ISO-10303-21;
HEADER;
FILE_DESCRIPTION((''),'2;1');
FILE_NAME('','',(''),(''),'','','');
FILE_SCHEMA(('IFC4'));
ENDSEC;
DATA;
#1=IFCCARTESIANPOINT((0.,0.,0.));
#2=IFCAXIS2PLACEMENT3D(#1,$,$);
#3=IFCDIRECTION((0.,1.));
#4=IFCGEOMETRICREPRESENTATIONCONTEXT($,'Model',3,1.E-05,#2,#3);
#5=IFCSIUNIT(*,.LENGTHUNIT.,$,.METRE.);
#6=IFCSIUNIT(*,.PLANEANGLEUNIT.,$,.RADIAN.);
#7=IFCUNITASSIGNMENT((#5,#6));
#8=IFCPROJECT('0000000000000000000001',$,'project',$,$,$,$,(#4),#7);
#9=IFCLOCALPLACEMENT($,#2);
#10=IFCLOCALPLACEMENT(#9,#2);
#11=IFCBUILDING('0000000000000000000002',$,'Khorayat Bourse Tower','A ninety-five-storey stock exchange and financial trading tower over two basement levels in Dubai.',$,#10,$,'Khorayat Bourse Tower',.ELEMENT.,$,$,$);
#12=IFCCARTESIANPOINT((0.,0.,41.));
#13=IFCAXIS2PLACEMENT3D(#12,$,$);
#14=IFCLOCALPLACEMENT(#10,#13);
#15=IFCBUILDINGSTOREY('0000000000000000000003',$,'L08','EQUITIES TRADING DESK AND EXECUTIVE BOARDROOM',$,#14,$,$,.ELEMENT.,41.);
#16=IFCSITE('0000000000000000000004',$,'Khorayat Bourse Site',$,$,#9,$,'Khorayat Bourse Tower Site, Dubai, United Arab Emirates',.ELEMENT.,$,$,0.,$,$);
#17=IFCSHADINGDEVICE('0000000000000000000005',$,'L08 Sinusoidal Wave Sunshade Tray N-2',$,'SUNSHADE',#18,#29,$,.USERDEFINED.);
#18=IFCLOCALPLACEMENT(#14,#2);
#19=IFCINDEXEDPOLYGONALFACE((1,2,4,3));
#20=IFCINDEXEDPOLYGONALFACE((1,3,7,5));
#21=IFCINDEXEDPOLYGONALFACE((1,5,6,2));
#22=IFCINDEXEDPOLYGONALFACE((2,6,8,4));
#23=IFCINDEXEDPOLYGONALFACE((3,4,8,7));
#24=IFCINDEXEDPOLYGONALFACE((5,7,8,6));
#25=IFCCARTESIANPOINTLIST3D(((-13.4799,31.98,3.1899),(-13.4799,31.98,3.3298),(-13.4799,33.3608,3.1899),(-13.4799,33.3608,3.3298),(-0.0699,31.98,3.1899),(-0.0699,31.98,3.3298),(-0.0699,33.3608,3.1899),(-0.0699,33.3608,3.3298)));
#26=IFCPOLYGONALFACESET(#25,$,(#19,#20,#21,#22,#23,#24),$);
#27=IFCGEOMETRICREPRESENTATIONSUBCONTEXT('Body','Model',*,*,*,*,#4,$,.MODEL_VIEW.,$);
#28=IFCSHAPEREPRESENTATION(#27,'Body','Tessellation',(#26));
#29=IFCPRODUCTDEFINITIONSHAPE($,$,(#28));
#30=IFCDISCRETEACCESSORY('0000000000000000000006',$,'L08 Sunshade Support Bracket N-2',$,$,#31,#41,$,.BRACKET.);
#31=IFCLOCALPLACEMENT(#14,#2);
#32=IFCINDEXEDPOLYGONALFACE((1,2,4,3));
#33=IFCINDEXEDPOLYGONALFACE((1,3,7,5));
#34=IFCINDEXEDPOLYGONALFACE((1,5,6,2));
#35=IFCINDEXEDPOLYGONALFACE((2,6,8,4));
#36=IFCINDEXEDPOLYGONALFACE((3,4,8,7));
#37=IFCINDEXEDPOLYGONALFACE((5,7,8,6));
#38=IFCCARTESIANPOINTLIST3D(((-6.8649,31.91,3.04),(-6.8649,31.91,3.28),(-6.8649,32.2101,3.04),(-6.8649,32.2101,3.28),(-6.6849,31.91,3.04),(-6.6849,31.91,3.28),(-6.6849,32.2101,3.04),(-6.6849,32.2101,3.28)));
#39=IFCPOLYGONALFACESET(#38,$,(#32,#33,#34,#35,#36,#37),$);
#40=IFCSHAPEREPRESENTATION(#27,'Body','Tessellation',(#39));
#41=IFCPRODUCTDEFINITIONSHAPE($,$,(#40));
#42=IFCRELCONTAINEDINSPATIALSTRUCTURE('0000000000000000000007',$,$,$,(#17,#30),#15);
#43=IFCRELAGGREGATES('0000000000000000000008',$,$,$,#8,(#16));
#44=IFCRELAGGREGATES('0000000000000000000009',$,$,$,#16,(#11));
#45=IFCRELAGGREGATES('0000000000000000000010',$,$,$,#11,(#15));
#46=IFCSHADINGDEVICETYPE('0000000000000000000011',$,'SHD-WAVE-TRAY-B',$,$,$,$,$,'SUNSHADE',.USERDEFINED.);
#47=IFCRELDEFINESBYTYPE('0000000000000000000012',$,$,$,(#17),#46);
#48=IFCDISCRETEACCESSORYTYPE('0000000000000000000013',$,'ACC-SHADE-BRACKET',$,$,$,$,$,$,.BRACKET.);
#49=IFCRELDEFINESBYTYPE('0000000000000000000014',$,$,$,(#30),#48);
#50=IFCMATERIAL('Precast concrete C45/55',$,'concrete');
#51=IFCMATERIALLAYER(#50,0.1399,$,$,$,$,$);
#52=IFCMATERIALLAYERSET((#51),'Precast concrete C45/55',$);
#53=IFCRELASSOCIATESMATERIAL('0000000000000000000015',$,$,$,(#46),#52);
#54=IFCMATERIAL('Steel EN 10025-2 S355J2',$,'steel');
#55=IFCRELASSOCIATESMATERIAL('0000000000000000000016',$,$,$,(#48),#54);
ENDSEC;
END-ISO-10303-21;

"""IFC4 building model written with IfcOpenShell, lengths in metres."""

from ifc_helpers import new_model, si_unit, direction, frame, origin, origin_2d, place, context, subcontext, project, spatial, rectangle, extrude, source, transform, mapped, material, layer, layer_set, type_object, element, save


model = new_model("IFC4")

# Units and contexts
model_context = context("Model", 3, precision=1e-05, world=origin(), true_north=direction((0.0, 1.0)))
body_context = subcontext(model_context, "Body", "Model", "MODEL_VIEW")
ifc_project = project(units=[si_unit("LENGTHUNIT", "METRE"), si_unit("PLANEANGLEUNIT", "RADIAN")], contexts=[model_context])

# Site, building, storey
site_placement = place(None, origin())
site = spatial("IfcSite", under=ifc_project, at=site_placement, Name="Khorayat Bourse Site", LongName="Khorayat Bourse Tower Site, Dubai, United Arab Emirates", CompositionType="ELEMENT", RefElevation=0.0)
building_placement = place(site_placement, origin())
building = spatial("IfcBuilding", under=site, at=building_placement, Name="Khorayat Bourse Tower", Description="A ninety-five-storey stock exchange and financial trading tower over two basement levels in Dubai.", LongName="Khorayat Bourse Tower", CompositionType="ELEMENT")
storey_placement = place(building_placement, frame((0.0, 0.0, 41.0)))
storey = spatial("IfcBuildingStorey", under=building, at=storey_placement, Name="L08", Description="EQUITIES TRADING DESK AND EXECUTIVE BOARDROOM", CompositionType="ELEMENT", Elevation=41.0)

# Shared definitions
ifc_material_1 = material(Name="Steel EN 10025-2 S355J2", Category="steel")

# Shading device
ifc_material_2 = material(Name="Precast concrete C45/55", Category="concrete")
ifc_layer_1 = layer(ifc_material_2, 0.1399)
ifc_layer_set_1 = layer_set([ifc_layer_1], Name="Precast concrete C45/55")
shading_device_type = type_object("IfcShadingDeviceType", Name="SHD-WAVE-TRAY-B", ElementType="SUNSHADE", PredefinedType="USERDEFINED", material=ifc_layer_set_1)
shared_shape_1 = source(origin(), body_context, "Body", "SweptSolid", [
    extrude(rectangle(XDim=13.4099, YDim=1.3809, at=origin_2d()), origin(), (0.0, 0.0, 1.0), 0.1399),
])
shading_device_placement = place(storey_placement, frame((-6.7749, 32.6704, 3.1899), z_axis=(0.0, 0.0, 1.0), x_axis=(1.0, 0.0, 0.0)))
element("IfcShadingDevice", 1, at=shading_device_placement, inside=storey, type_object=shading_device_type, Name="L08 Sinusoidal Wave Sunshade Tray N-2", ObjectType="SUNSHADE", PredefinedType="USERDEFINED", context=body_context, shape_type="MappedRepresentation", body=[
    mapped(shared_shape_1, transform((0.0, 0.0, 0.0), scale=1.0)),
])

# Discrete accessory
discrete_accessory_type = type_object("IfcDiscreteAccessoryType", Name="ACC-SHADE-BRACKET", PredefinedType="BRACKET", material=ifc_material_1)
shared_shape_2 = source(origin(), body_context, "Body", "SweptSolid", [
    extrude(rectangle(XDim=0.1799, YDim=0.3, at=origin_2d()), origin(), (0.0, 0.0, 1.0), 0.24),
])
discrete_accessory_placement = place(storey_placement, frame((-6.7749, 32.0601, 3.04), z_axis=(0.0, 0.0, 1.0), x_axis=(1.0, 0.0, 0.0)))
element("IfcDiscreteAccessory", 2, at=discrete_accessory_placement, inside=storey, type_object=discrete_accessory_type, Name="L08 Sunshade Support Bracket N-2", PredefinedType="BRACKET", context=body_context, shape_type="MappedRepresentation", body=[
    mapped(shared_shape_2, transform((0.0, 0.0, 0.0), scale=1.0)),
])

save(model, "model.ifc")
